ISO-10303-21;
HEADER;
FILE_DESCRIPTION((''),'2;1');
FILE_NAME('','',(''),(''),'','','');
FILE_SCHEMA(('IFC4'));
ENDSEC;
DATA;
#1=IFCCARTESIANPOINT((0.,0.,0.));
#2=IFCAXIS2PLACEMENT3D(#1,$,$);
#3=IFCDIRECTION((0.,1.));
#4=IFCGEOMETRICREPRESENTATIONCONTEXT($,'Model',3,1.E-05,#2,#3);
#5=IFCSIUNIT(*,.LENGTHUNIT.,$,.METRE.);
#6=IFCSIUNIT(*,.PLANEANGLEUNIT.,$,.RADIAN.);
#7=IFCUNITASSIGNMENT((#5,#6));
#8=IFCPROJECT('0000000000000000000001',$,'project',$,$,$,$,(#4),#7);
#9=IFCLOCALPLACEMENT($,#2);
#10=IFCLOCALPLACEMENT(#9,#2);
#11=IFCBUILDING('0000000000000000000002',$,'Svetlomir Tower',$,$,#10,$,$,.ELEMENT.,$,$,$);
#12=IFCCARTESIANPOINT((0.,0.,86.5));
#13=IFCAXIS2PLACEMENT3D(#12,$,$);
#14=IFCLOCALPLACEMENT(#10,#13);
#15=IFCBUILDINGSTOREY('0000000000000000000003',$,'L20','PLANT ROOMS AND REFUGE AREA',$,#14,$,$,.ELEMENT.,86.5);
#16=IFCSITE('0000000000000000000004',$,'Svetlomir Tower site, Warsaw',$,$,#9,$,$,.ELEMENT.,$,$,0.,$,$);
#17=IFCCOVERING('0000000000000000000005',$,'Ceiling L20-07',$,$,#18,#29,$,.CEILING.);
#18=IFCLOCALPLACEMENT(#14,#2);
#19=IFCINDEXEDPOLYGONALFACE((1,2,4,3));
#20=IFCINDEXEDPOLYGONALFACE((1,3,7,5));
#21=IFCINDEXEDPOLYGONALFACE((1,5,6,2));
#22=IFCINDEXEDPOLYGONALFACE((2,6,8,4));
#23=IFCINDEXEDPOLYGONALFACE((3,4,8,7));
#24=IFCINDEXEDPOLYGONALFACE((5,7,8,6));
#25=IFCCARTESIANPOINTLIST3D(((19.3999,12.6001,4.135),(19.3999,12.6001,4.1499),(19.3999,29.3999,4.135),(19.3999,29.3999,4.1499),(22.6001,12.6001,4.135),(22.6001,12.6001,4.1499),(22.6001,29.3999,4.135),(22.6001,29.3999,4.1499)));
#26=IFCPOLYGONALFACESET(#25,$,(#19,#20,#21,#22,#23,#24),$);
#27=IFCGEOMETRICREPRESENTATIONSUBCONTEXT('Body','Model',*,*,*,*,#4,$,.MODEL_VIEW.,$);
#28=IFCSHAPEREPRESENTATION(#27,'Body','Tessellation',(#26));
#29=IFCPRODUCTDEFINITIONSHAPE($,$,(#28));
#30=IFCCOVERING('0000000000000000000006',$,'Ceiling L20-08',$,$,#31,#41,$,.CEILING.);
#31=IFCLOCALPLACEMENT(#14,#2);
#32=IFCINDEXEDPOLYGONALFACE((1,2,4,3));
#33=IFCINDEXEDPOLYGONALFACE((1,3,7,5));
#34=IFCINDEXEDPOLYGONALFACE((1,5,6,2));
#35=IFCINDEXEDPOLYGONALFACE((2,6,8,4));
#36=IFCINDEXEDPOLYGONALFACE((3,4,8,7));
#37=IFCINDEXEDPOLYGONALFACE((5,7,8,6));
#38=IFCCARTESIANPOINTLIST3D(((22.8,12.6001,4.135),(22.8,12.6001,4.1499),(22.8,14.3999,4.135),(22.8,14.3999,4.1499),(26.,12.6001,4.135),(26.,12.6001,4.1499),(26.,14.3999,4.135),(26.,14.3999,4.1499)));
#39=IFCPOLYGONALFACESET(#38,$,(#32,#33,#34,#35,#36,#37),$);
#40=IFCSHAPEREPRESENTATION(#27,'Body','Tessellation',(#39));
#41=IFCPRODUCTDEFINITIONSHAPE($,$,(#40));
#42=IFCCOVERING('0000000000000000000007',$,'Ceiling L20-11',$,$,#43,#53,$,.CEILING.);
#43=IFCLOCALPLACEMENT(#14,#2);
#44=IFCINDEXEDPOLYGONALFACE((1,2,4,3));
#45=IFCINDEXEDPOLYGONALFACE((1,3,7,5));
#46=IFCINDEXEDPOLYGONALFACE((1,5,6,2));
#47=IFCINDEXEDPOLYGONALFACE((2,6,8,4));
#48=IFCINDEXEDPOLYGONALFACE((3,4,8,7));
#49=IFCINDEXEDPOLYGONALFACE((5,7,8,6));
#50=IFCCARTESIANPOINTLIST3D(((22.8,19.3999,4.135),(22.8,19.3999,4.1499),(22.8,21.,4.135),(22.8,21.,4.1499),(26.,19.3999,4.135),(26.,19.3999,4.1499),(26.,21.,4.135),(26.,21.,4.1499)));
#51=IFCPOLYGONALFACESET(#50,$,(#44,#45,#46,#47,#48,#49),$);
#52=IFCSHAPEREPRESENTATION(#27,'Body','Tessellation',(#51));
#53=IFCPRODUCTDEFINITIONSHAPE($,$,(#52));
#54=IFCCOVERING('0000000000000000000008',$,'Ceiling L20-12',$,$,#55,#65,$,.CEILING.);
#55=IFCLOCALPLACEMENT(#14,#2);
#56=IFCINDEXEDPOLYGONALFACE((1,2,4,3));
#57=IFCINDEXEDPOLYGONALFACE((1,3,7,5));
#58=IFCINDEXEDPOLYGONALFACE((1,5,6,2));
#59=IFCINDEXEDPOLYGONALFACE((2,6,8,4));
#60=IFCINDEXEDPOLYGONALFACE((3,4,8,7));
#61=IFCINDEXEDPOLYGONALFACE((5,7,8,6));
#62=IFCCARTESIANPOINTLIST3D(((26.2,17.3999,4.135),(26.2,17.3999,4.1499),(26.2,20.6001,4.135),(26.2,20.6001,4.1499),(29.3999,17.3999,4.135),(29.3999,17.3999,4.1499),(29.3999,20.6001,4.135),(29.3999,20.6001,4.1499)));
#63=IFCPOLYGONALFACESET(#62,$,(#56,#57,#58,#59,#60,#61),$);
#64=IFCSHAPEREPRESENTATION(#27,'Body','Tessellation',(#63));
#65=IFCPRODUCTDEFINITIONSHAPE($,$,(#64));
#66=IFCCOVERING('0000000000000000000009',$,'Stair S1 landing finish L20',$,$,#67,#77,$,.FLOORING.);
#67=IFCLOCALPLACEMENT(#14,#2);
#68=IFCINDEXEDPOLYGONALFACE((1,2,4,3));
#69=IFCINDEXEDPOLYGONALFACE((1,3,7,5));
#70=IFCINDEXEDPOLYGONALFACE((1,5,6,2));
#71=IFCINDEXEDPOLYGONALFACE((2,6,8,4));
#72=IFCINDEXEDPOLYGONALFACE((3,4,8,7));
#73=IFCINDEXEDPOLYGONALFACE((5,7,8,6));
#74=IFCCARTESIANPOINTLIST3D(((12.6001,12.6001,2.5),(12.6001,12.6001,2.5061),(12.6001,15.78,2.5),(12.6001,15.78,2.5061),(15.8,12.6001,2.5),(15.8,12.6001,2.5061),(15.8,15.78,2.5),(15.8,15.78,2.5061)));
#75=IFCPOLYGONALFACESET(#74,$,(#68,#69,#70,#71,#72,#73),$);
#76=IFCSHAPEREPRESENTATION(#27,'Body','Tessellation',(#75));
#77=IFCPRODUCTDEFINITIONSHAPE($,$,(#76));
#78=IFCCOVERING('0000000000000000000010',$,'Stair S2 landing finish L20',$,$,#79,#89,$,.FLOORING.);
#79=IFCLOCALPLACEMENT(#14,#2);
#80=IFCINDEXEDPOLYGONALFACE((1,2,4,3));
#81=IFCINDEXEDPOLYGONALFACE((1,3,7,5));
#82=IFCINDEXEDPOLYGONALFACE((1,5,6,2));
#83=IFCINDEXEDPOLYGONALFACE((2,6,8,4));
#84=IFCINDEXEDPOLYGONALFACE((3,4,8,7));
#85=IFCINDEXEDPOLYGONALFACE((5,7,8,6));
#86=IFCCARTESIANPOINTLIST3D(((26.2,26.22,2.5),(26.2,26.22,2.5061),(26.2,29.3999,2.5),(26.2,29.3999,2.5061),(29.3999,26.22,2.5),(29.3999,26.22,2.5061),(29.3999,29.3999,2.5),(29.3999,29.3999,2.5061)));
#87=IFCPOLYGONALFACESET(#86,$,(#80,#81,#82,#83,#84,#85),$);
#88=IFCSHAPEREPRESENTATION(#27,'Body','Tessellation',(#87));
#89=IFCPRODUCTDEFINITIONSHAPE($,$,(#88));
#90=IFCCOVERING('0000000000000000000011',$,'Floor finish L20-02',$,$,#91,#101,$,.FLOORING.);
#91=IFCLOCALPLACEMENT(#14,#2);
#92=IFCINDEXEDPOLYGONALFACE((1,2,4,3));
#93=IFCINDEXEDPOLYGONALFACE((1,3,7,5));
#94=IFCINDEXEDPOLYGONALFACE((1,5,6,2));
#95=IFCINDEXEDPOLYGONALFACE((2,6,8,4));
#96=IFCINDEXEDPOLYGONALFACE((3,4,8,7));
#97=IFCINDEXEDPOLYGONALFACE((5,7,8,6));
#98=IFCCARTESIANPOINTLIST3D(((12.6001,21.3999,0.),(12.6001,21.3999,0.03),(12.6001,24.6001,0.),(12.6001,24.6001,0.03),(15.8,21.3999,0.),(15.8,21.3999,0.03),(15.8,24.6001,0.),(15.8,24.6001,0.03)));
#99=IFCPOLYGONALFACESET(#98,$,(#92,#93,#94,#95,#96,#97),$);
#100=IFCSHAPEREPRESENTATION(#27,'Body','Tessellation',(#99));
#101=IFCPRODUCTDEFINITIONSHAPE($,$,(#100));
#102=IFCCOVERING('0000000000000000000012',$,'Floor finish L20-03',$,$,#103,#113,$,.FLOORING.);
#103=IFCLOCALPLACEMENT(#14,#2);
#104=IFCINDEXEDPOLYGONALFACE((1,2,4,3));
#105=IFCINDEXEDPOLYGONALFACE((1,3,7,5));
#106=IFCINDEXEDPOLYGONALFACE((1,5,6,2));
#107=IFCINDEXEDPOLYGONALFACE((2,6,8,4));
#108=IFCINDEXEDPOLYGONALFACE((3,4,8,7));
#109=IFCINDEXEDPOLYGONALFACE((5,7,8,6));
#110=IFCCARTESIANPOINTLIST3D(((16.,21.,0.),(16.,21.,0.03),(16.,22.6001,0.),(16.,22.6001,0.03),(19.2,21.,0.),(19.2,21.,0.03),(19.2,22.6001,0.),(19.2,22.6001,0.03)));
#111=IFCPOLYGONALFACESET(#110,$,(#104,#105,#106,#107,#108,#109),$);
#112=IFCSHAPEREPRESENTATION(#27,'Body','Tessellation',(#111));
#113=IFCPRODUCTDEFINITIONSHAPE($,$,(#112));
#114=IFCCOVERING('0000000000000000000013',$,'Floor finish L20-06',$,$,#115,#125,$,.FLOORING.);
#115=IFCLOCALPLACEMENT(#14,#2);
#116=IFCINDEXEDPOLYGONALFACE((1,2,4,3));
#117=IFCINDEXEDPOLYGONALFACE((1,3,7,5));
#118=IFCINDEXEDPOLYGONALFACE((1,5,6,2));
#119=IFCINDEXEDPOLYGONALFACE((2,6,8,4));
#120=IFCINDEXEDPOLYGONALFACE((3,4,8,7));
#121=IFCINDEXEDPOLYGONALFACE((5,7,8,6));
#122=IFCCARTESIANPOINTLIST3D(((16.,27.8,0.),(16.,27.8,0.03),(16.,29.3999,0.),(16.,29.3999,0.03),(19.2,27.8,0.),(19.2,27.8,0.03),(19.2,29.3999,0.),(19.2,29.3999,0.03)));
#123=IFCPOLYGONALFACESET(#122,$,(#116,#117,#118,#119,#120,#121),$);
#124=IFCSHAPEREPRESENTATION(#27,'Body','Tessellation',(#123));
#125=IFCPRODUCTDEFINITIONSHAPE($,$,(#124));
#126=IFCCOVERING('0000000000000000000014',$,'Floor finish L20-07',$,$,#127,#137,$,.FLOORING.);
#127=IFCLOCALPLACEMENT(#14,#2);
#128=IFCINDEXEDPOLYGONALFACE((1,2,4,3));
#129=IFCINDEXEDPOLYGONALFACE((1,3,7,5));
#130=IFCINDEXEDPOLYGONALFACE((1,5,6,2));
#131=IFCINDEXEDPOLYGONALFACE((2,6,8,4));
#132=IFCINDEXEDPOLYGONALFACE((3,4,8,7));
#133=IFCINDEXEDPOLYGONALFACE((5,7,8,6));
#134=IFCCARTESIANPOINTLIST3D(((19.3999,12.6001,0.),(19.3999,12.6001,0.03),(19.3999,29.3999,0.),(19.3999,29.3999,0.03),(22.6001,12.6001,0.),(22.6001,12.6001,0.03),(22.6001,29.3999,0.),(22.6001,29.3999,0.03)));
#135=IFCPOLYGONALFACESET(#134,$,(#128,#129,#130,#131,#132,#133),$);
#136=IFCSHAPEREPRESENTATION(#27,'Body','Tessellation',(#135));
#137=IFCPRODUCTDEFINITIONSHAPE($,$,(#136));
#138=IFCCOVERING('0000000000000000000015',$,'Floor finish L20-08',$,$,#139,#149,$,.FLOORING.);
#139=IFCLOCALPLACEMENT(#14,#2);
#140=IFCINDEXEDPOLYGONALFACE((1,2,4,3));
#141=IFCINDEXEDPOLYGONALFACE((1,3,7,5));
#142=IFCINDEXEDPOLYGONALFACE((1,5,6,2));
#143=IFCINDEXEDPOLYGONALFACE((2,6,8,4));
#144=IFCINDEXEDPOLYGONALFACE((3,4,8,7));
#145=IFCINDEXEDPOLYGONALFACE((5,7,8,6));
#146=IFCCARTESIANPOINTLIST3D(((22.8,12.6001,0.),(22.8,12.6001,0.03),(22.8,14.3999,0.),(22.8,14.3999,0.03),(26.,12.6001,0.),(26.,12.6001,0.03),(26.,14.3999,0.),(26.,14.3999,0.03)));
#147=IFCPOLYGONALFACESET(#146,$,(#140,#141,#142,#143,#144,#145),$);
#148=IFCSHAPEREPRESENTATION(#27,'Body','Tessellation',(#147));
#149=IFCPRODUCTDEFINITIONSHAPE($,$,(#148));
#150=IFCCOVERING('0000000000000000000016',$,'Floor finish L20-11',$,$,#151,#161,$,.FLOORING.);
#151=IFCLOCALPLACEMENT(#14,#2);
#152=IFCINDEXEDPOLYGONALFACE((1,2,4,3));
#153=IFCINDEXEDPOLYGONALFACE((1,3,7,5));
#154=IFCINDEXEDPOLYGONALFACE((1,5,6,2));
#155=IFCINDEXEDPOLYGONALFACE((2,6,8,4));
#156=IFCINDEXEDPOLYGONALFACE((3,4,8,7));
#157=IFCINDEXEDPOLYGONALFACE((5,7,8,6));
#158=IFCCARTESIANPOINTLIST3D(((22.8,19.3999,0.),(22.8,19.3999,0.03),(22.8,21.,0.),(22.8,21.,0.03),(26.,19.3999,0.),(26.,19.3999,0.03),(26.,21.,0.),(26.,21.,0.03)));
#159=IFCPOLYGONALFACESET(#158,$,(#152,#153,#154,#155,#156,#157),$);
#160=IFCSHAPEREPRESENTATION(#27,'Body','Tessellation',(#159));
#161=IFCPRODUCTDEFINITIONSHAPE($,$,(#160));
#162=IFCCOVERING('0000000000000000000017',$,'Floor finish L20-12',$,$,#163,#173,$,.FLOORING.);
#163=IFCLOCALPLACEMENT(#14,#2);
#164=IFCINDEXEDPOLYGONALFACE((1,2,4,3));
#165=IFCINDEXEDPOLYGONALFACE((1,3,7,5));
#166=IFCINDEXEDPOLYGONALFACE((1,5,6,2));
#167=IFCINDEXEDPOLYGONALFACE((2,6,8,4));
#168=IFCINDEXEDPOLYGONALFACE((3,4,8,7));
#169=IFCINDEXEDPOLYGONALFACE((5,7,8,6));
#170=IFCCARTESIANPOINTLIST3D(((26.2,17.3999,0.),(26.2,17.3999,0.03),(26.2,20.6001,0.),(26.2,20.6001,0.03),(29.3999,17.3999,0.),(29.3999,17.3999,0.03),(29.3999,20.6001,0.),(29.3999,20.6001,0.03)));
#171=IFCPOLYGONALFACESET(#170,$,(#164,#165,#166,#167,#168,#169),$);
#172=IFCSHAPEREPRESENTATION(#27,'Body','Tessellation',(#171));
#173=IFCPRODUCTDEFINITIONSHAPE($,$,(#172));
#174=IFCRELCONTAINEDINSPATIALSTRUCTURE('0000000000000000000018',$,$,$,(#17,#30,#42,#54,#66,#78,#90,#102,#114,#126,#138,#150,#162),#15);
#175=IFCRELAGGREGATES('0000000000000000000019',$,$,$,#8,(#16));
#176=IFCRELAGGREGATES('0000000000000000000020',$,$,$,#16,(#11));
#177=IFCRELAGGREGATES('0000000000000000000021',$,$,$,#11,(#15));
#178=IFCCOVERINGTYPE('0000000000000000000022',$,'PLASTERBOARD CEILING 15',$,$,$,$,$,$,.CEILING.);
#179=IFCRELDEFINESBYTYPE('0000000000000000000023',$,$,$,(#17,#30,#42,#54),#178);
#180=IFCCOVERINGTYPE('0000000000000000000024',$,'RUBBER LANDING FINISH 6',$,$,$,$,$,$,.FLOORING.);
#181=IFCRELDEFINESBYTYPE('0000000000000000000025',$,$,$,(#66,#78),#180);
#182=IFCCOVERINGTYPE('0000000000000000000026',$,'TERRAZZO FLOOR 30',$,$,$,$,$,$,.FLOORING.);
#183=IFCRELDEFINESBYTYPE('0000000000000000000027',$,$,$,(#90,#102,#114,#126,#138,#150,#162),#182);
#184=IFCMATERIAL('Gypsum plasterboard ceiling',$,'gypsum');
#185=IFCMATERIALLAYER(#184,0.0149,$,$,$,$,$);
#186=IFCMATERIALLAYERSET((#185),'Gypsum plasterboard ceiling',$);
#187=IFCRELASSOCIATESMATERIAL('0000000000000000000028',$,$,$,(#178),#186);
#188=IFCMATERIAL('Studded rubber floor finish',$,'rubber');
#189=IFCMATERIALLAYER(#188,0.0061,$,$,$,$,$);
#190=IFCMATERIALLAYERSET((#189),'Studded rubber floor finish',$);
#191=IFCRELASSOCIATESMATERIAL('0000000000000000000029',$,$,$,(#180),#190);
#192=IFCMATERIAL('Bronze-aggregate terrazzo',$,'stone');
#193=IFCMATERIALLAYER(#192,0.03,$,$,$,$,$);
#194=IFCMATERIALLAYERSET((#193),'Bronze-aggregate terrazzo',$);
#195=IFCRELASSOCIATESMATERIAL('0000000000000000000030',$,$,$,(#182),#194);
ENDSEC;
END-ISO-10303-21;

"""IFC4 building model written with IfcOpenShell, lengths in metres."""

from ifc_helpers import new_model, si_unit, direction, frame, origin, place, context, subcontext, project, spatial, polyline, outline, extrude, material, layer, layer_set, type_object, element, save


model = new_model("IFC4")

# Units and contexts
model_context = context("Model", 3, precision=1e-05, world=origin(), true_north=direction((0.0, 1.0)))
body_context = subcontext(model_context, "Body", "Model", "MODEL_VIEW")
ifc_project = project(units=[si_unit("LENGTHUNIT", "METRE"), si_unit("PLANEANGLEUNIT", "RADIAN")], contexts=[model_context])

# Site, building, storey
site_placement = place(None, origin())
site = spatial("IfcSite", under=ifc_project, at=site_placement, Name="Svetlomir Tower site, Warsaw", CompositionType="ELEMENT", RefElevation=0.0)
building_placement = place(site_placement, origin())
building = spatial("IfcBuilding", under=site, at=building_placement, Name="Svetlomir Tower", CompositionType="ELEMENT")
storey_placement = place(building_placement, frame((0.0, 0.0, 86.5)))
storey = spatial("IfcBuildingStorey", under=building, at=storey_placement, Name="L20", Description="PLANT ROOMS AND REFUGE AREA", CompositionType="ELEMENT", Elevation=86.5)

# Coverings
ifc_material_1 = material(Name="Gypsum plasterboard ceiling", Category="gypsum")
ifc_layer_1 = layer(ifc_material_1, 0.0149)
ifc_layer_set_1 = layer_set([ifc_layer_1], Name="Gypsum plasterboard ceiling")
covering_type_1 = type_object("IfcCoveringType", Name="PLASTERBOARD CEILING 15", PredefinedType="CEILING", material=ifc_layer_set_1)
covering_1_placement = place(storey_placement, frame((0.0, 0.0, 4.135)))
element("IfcCovering", 1, at=covering_1_placement, inside=storey, type_object=covering_type_1, Name="Ceiling L20-07", PredefinedType="CEILING", context=body_context, shape_type="SweptSolid", body=[
    extrude(outline(polyline([(19.3999, 12.6001), (22.6001, 12.6001), (22.6001, 29.3999), (19.3999, 29.3999), (19.3999, 12.6001)])), origin(), (0.0, 0.0, 1.0), 0.0149),
])
covering_2_placement = place(storey_placement, frame((0.0, 0.0, 4.135)))
element("IfcCovering", 2, at=covering_2_placement, inside=storey, type_object=covering_type_1, Name="Ceiling L20-08", PredefinedType="CEILING", context=body_context, shape_type="SweptSolid", body=[
    extrude(outline(polyline([(22.8, 12.6001), (26.0, 12.6001), (26.0, 14.3999), (22.8, 14.3999), (22.8, 12.6001)])), origin(), (0.0, 0.0, 1.0), 0.0149),
])
covering_3_placement = place(storey_placement, frame((0.0, 0.0, 4.135)))
element("IfcCovering", 3, at=covering_3_placement, inside=storey, type_object=covering_type_1, Name="Ceiling L20-11", PredefinedType="CEILING", context=body_context, shape_type="SweptSolid", body=[
    extrude(outline(polyline([(22.8, 19.3999), (26.0, 19.3999), (26.0, 21.0), (22.8, 21.0), (22.8, 19.3999)])), origin(), (0.0, 0.0, 1.0), 0.0149),
])
covering_4_placement = place(storey_placement, frame((0.0, 0.0, 4.135)))
element("IfcCovering", 4, at=covering_4_placement, inside=storey, type_object=covering_type_1, Name="Ceiling L20-12", PredefinedType="CEILING", context=body_context, shape_type="SweptSolid", body=[
    extrude(outline(polyline([(26.2, 17.3999), (29.3999, 17.3999), (29.3999, 20.6001), (26.2, 20.6001), (26.2, 17.3999)])), origin(), (0.0, 0.0, 1.0), 0.0149),
])
ifc_material_2 = material(Name="Studded rubber floor finish", Category="rubber")
ifc_layer_2 = layer(ifc_material_2, 0.0061)
ifc_layer_set_2 = layer_set([ifc_layer_2], Name="Studded rubber floor finish")
covering_type_2 = type_object("IfcCoveringType", Name="RUBBER LANDING FINISH 6", PredefinedType="FLOORING", material=ifc_layer_set_2)
covering_5_placement = place(storey_placement, frame((0.0, 0.0, 2.5)))
element("IfcCovering", 5, at=covering_5_placement, inside=storey, type_object=covering_type_2, Name="Stair S1 landing finish L20", PredefinedType="FLOORING", context=body_context, shape_type="SweptSolid", body=[
    extrude(outline(polyline([(12.6001, 12.6001), (15.8, 12.6001), (15.8, 15.78), (12.6001, 15.78), (12.6001, 12.6001)])), origin(), (0.0, 0.0, 1.0), 0.0061),
])
covering_6_placement = place(storey_placement, frame((0.0, 0.0, 2.5)))
element("IfcCovering", 6, at=covering_6_placement, inside=storey, type_object=covering_type_2, Name="Stair S2 landing finish L20", PredefinedType="FLOORING", context=body_context, shape_type="SweptSolid", body=[
    extrude(outline(polyline([(26.2, 26.22), (29.3999, 26.22), (29.3999, 29.3999), (26.2, 29.3999), (26.2, 26.22)])), origin(), (0.0, 0.0, 1.0), 0.0061),
])
ifc_material_3 = material(Name="Bronze-aggregate terrazzo", Category="stone")
ifc_layer_3 = layer(ifc_material_3, 0.03)
ifc_layer_set_3 = layer_set([ifc_layer_3], Name="Bronze-aggregate terrazzo")
covering_type_3 = type_object("IfcCoveringType", Name="TERRAZZO FLOOR 30", PredefinedType="FLOORING", material=ifc_layer_set_3)
covering_7_placement = place(storey_placement, origin())
element("IfcCovering", 7, at=covering_7_placement, inside=storey, type_object=covering_type_3, Name="Floor finish L20-02", PredefinedType="FLOORING", context=body_context, shape_type="SweptSolid", body=[
    extrude(outline(polyline([(12.6001, 21.3999), (15.8, 21.3999), (15.8, 24.6001), (12.6001, 24.6001), (12.6001, 21.3999)])), origin(), (0.0, 0.0, 1.0), 0.03),
])
covering_8_placement = place(storey_placement, origin())
element("IfcCovering", 8, at=covering_8_placement, inside=storey, type_object=covering_type_3, Name="Floor finish L20-03", PredefinedType="FLOORING", context=body_context, shape_type="SweptSolid", body=[
    extrude(outline(polyline([(16.0, 21.0), (19.2, 21.0), (19.2, 22.6001), (16.0, 22.6001), (16.0, 21.0)])), origin(), (0.0, 0.0, 1.0), 0.03),
])
covering_9_placement = place(storey_placement, origin())
element("IfcCovering", 9, at=covering_9_placement, inside=storey, type_object=covering_type_3, Name="Floor finish L20-06", PredefinedType="FLOORING", context=body_context, shape_type="SweptSolid", body=[
    extrude(outline(polyline([(16.0, 27.8), (19.2, 27.8), (19.2, 29.3999), (16.0, 29.3999), (16.0, 27.8)])), origin(), (0.0, 0.0, 1.0), 0.03),
])
covering_10_placement = place(storey_placement, origin())
element("IfcCovering", 10, at=covering_10_placement, inside=storey, type_object=covering_type_3, Name="Floor finish L20-07", PredefinedType="FLOORING", context=body_context, shape_type="SweptSolid", body=[
    extrude(outline(polyline([(19.3999, 12.6001), (22.6001, 12.6001), (22.6001, 29.3999), (19.3999, 29.3999), (19.3999, 12.6001)])), origin(), (0.0, 0.0, 1.0), 0.03),
])
covering_11_placement = place(storey_placement, origin())
element("IfcCovering", 11, at=covering_11_placement, inside=storey, type_object=covering_type_3, Name="Floor finish L20-08", PredefinedType="FLOORING", context=body_context, shape_type="SweptSolid", body=[
    extrude(outline(polyline([(22.8, 12.6001), (26.0, 12.6001), (26.0, 14.3999), (22.8, 14.3999), (22.8, 12.6001)])), origin(), (0.0, 0.0, 1.0), 0.03),
])
covering_12_placement = place(storey_placement, origin())
element("IfcCovering", 12, at=covering_12_placement, inside=storey, type_object=covering_type_3, Name="Floor finish L20-11", PredefinedType="FLOORING", context=body_context, shape_type="SweptSolid", body=[
    extrude(outline(polyline([(22.8, 19.3999), (26.0, 19.3999), (26.0, 21.0), (22.8, 21.0), (22.8, 19.3999)])), origin(), (0.0, 0.0, 1.0), 0.03),
])
covering_13_placement = place(storey_placement, origin())
element("IfcCovering", 13, at=covering_13_placement, inside=storey, type_object=covering_type_3, Name="Floor finish L20-12", PredefinedType="FLOORING", context=body_context, shape_type="SweptSolid", body=[
    extrude(outline(polyline([(26.2, 17.3999), (29.3999, 17.3999), (29.3999, 20.6001), (26.2, 20.6001), (26.2, 17.3999)])), origin(), (0.0, 0.0, 1.0), 0.03),
])

save(model, "model.ifc")
